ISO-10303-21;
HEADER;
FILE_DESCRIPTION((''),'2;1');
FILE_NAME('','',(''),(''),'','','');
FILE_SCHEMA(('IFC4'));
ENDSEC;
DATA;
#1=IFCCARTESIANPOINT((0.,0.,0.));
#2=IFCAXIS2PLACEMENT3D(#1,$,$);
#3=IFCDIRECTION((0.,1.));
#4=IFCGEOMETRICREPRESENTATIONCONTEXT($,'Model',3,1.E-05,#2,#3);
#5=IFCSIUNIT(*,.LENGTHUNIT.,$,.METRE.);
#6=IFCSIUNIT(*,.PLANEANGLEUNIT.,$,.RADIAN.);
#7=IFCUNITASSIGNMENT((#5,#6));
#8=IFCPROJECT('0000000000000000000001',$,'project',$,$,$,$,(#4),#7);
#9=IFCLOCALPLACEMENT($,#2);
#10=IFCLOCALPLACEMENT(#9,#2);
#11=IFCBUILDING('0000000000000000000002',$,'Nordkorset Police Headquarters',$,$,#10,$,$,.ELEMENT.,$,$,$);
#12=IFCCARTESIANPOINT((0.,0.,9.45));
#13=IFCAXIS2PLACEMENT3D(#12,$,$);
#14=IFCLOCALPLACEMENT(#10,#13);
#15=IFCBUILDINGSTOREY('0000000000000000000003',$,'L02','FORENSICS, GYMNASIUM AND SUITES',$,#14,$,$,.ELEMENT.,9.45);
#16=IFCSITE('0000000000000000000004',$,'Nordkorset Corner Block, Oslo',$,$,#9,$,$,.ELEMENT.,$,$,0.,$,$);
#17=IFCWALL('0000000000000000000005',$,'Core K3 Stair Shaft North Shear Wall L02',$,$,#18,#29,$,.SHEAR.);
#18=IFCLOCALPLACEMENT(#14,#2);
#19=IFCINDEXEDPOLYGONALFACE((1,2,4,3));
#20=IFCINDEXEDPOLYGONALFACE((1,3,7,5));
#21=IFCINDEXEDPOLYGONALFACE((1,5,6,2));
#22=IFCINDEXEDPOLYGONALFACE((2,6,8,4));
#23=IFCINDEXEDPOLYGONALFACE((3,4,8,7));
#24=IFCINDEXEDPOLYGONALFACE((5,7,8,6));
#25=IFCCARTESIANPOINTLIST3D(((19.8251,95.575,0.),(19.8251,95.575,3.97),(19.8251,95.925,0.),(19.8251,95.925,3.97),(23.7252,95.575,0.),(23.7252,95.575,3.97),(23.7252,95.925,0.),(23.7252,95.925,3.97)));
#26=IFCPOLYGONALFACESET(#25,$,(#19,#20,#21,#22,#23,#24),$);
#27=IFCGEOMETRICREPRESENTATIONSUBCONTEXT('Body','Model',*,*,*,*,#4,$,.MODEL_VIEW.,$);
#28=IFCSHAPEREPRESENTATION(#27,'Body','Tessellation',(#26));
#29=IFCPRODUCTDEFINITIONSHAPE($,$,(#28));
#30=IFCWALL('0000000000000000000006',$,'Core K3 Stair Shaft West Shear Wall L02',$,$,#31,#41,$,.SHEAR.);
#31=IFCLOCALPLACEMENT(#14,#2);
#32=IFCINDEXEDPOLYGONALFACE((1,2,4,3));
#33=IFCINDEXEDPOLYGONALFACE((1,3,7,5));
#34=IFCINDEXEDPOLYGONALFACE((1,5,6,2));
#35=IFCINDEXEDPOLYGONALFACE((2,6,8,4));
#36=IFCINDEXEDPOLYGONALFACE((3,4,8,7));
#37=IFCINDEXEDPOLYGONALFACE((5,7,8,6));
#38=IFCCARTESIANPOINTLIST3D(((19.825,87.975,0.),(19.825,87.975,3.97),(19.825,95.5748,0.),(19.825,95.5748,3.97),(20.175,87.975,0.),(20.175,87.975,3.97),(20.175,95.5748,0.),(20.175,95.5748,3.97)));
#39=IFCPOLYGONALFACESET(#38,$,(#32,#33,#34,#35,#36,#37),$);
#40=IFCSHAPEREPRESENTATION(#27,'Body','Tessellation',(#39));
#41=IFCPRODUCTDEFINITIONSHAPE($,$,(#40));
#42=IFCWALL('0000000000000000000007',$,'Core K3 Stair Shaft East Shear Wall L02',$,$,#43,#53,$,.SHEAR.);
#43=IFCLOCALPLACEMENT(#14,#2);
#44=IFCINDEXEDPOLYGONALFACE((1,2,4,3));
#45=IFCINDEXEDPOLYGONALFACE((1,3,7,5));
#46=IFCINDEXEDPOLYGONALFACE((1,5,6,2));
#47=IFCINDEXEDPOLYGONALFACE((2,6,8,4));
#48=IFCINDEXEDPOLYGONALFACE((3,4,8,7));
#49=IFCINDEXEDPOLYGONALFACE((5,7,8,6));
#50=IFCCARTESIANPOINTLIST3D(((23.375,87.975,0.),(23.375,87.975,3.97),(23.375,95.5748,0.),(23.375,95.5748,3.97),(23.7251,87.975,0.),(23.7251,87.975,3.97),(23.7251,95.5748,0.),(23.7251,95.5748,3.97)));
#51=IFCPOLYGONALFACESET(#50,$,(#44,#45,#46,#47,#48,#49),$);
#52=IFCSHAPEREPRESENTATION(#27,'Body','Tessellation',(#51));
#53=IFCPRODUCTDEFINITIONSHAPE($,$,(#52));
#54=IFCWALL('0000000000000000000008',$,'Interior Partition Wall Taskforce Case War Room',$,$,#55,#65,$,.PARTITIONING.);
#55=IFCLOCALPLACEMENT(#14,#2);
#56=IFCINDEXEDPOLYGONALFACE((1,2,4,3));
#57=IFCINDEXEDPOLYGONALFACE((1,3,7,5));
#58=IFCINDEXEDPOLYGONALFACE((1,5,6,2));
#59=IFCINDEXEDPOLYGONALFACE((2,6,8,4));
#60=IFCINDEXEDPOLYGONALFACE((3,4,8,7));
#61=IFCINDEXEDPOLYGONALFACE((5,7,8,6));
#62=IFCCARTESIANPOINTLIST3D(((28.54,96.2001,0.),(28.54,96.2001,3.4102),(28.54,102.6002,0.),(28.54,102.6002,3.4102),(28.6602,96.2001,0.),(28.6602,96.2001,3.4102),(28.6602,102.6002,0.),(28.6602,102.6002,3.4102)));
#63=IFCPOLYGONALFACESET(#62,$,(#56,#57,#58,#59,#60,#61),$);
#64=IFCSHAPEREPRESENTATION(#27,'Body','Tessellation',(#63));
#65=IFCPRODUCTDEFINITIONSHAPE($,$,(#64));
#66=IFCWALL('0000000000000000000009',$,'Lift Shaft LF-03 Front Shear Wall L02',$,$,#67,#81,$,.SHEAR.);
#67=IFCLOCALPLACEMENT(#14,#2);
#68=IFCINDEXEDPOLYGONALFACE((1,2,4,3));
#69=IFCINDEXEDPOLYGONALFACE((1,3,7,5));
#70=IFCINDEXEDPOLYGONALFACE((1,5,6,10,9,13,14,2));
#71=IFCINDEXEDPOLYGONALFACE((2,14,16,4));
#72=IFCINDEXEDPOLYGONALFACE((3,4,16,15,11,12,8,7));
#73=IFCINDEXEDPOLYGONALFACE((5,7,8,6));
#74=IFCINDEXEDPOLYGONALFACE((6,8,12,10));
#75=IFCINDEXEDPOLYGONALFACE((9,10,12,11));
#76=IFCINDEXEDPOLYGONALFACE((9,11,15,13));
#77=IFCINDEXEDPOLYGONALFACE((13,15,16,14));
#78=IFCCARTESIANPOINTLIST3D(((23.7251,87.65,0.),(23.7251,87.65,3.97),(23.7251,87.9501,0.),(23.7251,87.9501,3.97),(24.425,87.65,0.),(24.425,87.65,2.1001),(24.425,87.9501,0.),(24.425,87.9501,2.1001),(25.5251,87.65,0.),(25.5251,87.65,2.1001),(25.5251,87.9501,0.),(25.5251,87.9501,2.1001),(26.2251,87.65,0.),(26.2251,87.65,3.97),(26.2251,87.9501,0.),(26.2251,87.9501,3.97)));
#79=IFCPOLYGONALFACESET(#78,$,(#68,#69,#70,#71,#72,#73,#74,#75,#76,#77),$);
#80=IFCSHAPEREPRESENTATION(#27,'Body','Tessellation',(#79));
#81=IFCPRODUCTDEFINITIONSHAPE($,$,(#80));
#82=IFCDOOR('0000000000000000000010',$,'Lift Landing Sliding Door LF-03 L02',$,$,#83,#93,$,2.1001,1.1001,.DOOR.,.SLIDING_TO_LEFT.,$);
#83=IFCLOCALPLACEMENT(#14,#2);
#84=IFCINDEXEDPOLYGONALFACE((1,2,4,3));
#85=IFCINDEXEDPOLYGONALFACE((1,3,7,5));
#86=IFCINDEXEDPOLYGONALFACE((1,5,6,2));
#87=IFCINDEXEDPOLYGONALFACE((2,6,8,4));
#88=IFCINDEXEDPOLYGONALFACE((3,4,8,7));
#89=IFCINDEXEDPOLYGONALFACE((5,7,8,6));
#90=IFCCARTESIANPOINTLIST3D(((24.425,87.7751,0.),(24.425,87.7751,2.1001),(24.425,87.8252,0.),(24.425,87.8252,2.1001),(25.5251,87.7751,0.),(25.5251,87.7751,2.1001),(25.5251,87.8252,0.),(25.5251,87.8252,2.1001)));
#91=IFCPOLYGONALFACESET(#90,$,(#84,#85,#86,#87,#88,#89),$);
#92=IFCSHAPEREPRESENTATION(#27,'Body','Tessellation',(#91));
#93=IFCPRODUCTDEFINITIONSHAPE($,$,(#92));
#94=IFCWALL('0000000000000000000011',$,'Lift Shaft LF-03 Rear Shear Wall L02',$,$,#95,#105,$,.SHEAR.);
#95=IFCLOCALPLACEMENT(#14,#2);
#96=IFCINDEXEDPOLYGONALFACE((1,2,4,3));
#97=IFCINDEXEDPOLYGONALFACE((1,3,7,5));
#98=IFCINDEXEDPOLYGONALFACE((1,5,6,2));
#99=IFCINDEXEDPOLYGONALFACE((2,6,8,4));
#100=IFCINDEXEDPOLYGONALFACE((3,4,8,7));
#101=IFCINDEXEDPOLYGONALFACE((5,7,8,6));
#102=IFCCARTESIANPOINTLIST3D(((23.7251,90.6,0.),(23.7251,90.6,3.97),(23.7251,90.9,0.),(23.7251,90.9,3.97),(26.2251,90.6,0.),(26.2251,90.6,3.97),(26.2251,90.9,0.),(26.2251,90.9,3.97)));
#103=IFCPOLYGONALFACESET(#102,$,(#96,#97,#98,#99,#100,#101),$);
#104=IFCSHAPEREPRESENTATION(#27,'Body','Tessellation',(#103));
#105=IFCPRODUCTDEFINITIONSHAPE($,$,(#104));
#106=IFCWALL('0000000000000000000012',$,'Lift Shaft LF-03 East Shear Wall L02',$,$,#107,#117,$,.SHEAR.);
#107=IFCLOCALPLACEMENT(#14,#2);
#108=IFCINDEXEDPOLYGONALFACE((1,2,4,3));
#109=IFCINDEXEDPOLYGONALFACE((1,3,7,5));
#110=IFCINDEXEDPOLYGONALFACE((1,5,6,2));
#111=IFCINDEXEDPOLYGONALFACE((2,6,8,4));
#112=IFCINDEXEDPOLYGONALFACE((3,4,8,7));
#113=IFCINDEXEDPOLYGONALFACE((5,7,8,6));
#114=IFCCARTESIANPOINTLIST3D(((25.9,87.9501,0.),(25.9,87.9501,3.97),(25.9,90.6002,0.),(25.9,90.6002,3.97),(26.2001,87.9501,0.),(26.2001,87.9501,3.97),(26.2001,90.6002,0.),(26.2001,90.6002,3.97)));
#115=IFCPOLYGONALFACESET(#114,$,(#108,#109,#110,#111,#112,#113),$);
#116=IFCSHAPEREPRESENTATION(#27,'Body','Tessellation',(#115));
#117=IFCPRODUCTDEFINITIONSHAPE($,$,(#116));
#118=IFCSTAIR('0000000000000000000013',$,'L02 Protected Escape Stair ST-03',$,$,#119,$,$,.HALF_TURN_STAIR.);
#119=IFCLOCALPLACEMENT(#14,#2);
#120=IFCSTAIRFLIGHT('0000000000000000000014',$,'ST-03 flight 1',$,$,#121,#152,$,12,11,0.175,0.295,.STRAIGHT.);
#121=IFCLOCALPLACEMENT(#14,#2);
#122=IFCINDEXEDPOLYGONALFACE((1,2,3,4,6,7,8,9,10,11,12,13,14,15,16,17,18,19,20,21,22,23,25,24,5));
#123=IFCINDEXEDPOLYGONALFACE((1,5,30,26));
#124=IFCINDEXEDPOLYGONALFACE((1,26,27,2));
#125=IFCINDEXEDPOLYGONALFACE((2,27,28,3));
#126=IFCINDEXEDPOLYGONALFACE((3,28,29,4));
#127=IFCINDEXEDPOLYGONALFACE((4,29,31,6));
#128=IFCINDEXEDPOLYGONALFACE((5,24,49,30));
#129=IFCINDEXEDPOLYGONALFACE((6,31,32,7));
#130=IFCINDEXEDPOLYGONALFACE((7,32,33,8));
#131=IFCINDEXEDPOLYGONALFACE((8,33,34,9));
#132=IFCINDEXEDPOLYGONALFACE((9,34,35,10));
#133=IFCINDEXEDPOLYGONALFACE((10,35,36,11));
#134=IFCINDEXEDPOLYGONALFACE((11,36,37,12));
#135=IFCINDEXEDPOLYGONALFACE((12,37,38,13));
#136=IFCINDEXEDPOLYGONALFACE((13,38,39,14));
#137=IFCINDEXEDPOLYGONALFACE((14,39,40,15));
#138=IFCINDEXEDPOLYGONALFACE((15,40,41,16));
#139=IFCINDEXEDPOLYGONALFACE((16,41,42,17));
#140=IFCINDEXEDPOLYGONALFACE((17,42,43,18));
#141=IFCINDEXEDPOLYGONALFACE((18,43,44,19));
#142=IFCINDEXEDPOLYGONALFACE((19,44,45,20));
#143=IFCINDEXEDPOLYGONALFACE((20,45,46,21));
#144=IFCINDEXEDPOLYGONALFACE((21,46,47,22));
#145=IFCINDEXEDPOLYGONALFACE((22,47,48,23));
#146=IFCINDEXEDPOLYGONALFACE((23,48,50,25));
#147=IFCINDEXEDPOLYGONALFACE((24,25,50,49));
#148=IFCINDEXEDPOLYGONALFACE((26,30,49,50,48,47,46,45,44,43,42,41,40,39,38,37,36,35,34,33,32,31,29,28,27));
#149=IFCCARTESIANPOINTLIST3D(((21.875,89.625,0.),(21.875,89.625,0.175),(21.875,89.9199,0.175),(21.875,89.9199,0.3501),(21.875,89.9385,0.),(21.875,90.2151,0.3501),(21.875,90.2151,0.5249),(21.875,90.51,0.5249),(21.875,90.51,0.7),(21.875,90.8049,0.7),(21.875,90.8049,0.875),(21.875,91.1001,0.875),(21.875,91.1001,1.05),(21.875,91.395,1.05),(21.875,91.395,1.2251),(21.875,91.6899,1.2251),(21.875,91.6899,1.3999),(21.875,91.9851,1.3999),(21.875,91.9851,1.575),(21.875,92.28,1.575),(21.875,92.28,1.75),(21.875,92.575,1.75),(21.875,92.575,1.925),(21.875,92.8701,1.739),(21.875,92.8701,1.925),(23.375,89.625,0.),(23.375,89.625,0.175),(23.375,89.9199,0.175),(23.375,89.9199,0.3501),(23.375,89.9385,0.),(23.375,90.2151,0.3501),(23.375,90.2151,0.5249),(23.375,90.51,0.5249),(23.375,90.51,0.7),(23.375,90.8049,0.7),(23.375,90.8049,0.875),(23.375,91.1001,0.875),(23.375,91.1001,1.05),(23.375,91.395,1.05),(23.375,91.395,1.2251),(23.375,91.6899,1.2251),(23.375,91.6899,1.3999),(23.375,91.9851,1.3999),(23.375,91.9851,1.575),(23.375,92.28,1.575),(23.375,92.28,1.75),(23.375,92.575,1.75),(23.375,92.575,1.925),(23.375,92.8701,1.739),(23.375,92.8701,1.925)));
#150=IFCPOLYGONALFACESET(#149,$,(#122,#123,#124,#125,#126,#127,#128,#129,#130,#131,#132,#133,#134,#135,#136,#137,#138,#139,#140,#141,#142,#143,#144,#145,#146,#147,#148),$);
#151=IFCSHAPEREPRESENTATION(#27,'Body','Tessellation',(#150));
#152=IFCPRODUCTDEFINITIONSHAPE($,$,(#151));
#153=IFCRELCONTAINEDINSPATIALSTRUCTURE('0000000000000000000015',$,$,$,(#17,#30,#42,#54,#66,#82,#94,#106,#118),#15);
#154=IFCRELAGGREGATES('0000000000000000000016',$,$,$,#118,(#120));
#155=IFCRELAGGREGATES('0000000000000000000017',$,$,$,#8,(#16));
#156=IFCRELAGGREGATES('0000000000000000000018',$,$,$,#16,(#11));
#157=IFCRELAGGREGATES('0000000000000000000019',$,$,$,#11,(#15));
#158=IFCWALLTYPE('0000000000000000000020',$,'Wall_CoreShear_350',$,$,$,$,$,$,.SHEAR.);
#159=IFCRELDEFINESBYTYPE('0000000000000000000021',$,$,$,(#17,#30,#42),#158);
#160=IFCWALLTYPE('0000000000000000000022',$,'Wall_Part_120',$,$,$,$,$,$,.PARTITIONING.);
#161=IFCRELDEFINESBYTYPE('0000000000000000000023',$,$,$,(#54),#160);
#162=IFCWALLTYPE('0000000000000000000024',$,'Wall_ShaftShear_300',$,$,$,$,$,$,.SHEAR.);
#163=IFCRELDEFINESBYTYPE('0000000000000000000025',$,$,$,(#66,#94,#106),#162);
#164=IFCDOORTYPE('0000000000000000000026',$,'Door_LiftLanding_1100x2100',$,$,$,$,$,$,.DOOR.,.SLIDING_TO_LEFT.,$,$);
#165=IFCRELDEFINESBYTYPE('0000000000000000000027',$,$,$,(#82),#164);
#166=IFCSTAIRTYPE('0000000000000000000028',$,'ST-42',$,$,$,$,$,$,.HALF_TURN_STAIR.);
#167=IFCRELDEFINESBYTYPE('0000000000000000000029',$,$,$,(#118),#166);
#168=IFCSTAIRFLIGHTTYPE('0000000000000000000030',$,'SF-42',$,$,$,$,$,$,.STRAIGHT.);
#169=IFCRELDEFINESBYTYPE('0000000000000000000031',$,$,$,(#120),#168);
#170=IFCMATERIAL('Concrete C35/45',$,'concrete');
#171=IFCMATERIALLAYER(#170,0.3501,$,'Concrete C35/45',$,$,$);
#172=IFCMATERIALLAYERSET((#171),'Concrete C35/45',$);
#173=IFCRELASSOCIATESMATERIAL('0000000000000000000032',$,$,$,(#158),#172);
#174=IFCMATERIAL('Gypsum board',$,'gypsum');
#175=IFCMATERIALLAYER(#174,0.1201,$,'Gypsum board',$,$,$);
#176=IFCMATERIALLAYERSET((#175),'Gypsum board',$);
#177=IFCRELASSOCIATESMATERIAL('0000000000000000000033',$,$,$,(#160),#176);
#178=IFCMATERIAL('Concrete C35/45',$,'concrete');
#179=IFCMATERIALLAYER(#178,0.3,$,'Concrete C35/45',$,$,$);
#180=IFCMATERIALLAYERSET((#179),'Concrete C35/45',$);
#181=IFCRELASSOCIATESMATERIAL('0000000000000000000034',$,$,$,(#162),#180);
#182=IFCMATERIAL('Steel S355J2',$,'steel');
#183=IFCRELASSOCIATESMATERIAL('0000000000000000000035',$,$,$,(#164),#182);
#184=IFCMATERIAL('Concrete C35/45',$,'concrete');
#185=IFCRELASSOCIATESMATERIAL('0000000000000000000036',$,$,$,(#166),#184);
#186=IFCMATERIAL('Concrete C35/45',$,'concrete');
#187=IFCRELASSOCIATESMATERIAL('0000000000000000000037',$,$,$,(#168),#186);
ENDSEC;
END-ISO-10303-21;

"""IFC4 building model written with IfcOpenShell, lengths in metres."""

from ifc_helpers import new_model, si_unit, direction, frame, frame_2d, origin, place, context, subcontext, project, spatial, polyline, rectangle, outline, extrude, material, layer, layer_set, type_object, element, fill, aggregate, save


model = new_model("IFC4")

# Units and contexts
model_context = context("Model", 3, precision=1e-05, world=origin(), true_north=direction((0.0, 1.0)))
body_context = subcontext(model_context, "Body", "Model", "MODEL_VIEW")
ifc_project = project(units=[si_unit("LENGTHUNIT", "METRE"), si_unit("PLANEANGLEUNIT", "RADIAN")], contexts=[model_context])

# Site, building, storey
site_placement = place(None, origin())
site = spatial("IfcSite", under=ifc_project, at=site_placement, Name="Nordkorset Corner Block, Oslo", CompositionType="ELEMENT", RefElevation=0.0)
building_placement = place(site_placement, origin())
building = spatial("IfcBuilding", under=site, at=building_placement, Name="Nordkorset Police Headquarters", CompositionType="ELEMENT")
storey_placement = place(building_placement, frame((0.0, 0.0, 9.45)))
storey = spatial("IfcBuildingStorey", under=building, at=storey_placement, Name="L02", Description="FORENSICS, GYMNASIUM AND SUITES", CompositionType="ELEMENT", Elevation=9.45)

# Shared definitions
ifc_material_1 = material(Name="Concrete C35/45", Category="concrete")
ifc_layer_1 = layer(ifc_material_1, 0.3501, Name="Concrete C35/45")
ifc_layer_set_1 = layer_set([ifc_layer_1], Name="Concrete C35/45")
wall_type_1 = type_object("IfcWallType", Name="Wall_CoreShear_350", PredefinedType="SHEAR", material=ifc_layer_set_1)

# Walls
wall_1_placement = place(storey_placement, frame((19.825, 95.75, 0.0), z_axis=(0.0, 0.0, 1.0), x_axis=(1.0, 0.0, 0.0)))
element("IfcWall", 1, at=wall_1_placement, inside=storey, type_object=wall_type_1, Name="Core K3 Stair Shaft North Shear Wall L02", PredefinedType="SHEAR", context=body_context, shape_type="SweptSolid", body=[
    extrude(rectangle(XDim=3.9001, YDim=0.3501, at=frame_2d((1.9502, 0.0))), origin(), (0.0, 0.0, 1.0), 3.97),
])
for number, where, z_axis, x_axis, name in (
    (2, (20.0, 87.9751, 0.0), (0.0, 0.0, 1.0), (0.0, 1.0, 0.0), "Core K3 Stair Shaft West Shear Wall L02"),
    (3, (23.55, 87.9751, 0.0), (0.0, 0.0, 1.0), (0.0, 1.0, 0.0), "Core K3 Stair Shaft East Shear Wall L02"),
):
    element("IfcWall", number, at=place(storey_placement, frame(where, z_axis=z_axis, x_axis=x_axis)), inside=storey, type_object=wall_type_1, Name=name, PredefinedType="SHEAR", context=body_context, shape_type="SweptSolid", body=[
        extrude(rectangle(XDim=7.5999, YDim=0.3501, at=frame_2d((3.7998, 0.0))), origin(), (0.0, 0.0, 1.0), 3.97),
    ])
ifc_material_2 = material(Name="Gypsum board", Category="gypsum")
ifc_layer_2 = layer(ifc_material_2, 0.1201, Name="Gypsum board")
ifc_layer_set_2 = layer_set([ifc_layer_2], Name="Gypsum board")
wall_type_2 = type_object("IfcWallType", Name="Wall_Part_120", PredefinedType="PARTITIONING", material=ifc_layer_set_2)
wall_2_placement = place(storey_placement, frame((28.6001, 96.2, 0.0), z_axis=(0.0, 0.0, 1.0), x_axis=(0.0, 1.0, 0.0)))
element("IfcWall", 4, at=wall_2_placement, inside=storey, type_object=wall_type_2, Name="Interior Partition Wall Taskforce Case War Room", PredefinedType="PARTITIONING", context=body_context, shape_type="SweptSolid", body=[
    extrude(rectangle(XDim=6.4001, YDim=0.1201, at=frame_2d((3.2002, 0.0))), origin(), (0.0, 0.0, 1.0), 3.4102),
])

# Wall, opening, door
ifc_material_3 = material(Name="Concrete C35/45", Category="concrete")
ifc_layer_3 = layer(ifc_material_3, 0.3, Name="Concrete C35/45")
ifc_layer_set_3 = layer_set([ifc_layer_3], Name="Concrete C35/45")
wall_type_3 = type_object("IfcWallType", Name="Wall_ShaftShear_300", PredefinedType="SHEAR", material=ifc_layer_set_3)
wall_3_placement = place(storey_placement, frame((23.7251, 87.8, 0.0), z_axis=(0.0, 0.0, 1.0), x_axis=(1.0, 0.0, 0.0)))
wall_3 = element("IfcWall", 5, at=wall_3_placement, inside=storey, type_object=wall_type_3, Name="Lift Shaft LF-03 Front Shear Wall L02", PredefinedType="SHEAR", context=body_context, shape_type="SweptSolid", body=[
    extrude(rectangle(XDim=2.5, YDim=0.3, at=frame_2d((1.25, 0.0))), origin(), (0.0, 0.0, 1.0), 3.97),
])
opening_1_placement = place(wall_3_placement, frame((0.7, 0.0, 0.0)))
opening_1 = element("IfcOpeningElement", 6, at=opening_1_placement, cuts=wall_3, PredefinedType="OPENING", context=body_context, shape_type="SweptSolid", body=[
    extrude(rectangle(XDim=1.1001, YDim=2.1001, at=frame_2d((0.55, 1.05))), frame((0.0, 0.1602, 0.0), z_axis=(0.0, -1.0, 0.0), x_axis=(1.0, 0.0, 0.0)), (0.0, 0.0, 1.0), 0.3201),
])
ifc_material_4 = material(Name="Steel S355J2", Category="steel")
door_type_1 = type_object("IfcDoorType", Name="Door_LiftLanding_1100x2100", OperationType="SLIDING_TO_LEFT", PredefinedType="DOOR", material=ifc_material_4)
door_1_placement = place(opening_1_placement, frame((1.1001, 0.0, 0.0), z_axis=(0.0, 0.0, 1.0), x_axis=(-1.0, 0.0, 0.0)))
door_1 = element("IfcDoor", 7, at=door_1_placement, inside=storey, type_object=door_type_1, Name="Lift Landing Sliding Door LF-03 L02", OperationType="SLIDING_TO_LEFT", OverallHeight=2.1001, OverallWidth=1.1001, PredefinedType="DOOR", context=body_context, shape_type="SweptSolid", body=[
    extrude(rectangle(XDim=1.1001, YDim=2.1001, at=frame_2d((0.55, 1.05))), frame((0.0, 0.0249, 0.0), z_axis=(0.0, -1.0, 0.0), x_axis=(1.0, 0.0, 0.0)), (0.0, 0.0, 1.0), 0.05),
])
fill(opening_1, door_1)

# Walls
wall_4_placement = place(storey_placement, frame((23.7251, 90.75, 0.0), z_axis=(0.0, 0.0, 1.0), x_axis=(1.0, 0.0, 0.0)))
element("IfcWall", 8, at=wall_4_placement, inside=storey, type_object=wall_type_3, Name="Lift Shaft LF-03 Rear Shear Wall L02", PredefinedType="SHEAR", context=body_context, shape_type="SweptSolid", body=[
    extrude(rectangle(XDim=2.5, YDim=0.3, at=frame_2d((1.25, 0.0))), origin(), (0.0, 0.0, 1.0), 3.97),
])
wall_5_placement = place(storey_placement, frame((26.05, 87.95, 0.0), z_axis=(0.0, 0.0, 1.0), x_axis=(0.0, 1.0, 0.0)))
element("IfcWall", 9, at=wall_5_placement, inside=storey, type_object=wall_type_3, Name="Lift Shaft LF-03 East Shear Wall L02", PredefinedType="SHEAR", context=body_context, shape_type="SweptSolid", body=[
    extrude(rectangle(XDim=2.6501, YDim=0.3, at=frame_2d((1.3252, 0.0))), origin(), (0.0, 0.0, 1.0), 3.97),
])

# Stair, stair flight
ifc_material_5 = material(Name="Concrete C35/45", Category="concrete")
stair_type = type_object("IfcStairType", Name="ST-42", PredefinedType="HALF_TURN_STAIR", material=ifc_material_5)
stair_placement = place(storey_placement, origin())
stair = element("IfcStair", 10, at=stair_placement, inside=storey, type_object=stair_type, Name="L02 Protected Escape Stair ST-03", PredefinedType="HALF_TURN_STAIR")
ifc_material_6 = material(Name="Concrete C35/45", Category="concrete")
stair_flight_type = type_object("IfcStairFlightType", Name="SF-42", PredefinedType="STRAIGHT", material=ifc_material_6)
stair_flight_1_placement = place(storey_placement, frame((22.625, 89.625, 0.0), z_axis=(0.0, 0.0, 1.0), x_axis=(0.0, 1.0, 0.0)))
stair_flight_1 = element("IfcStairFlight", 11, at=stair_flight_1_placement, type_object=stair_flight_type, Name="ST-03 flight 1", NumberOfRisers=12, NumberOfTreads=11, PredefinedType="STRAIGHT", RiserHeight=0.175, TreadLength=0.295, context=body_context, shape_type="SweptSolid", body=[
    extrude(outline(polyline([(0.0, 0.0), (0.0, 0.175), (0.2949, 0.175), (0.2949, 0.3501), (0.5901, 0.3501), (0.5901, 0.5249), (0.885, 0.5249), (0.885, 0.7), (1.1799, 0.7), (1.1799, 0.875), (1.4751, 0.875), (1.4751, 1.05), (1.77, 1.05), (1.77, 1.2251), (2.0649, 1.2251), (2.0649, 1.3999), (2.3601, 1.3999), (2.3601, 1.575), (2.655, 1.575), (2.655, 1.75), (2.95, 1.75), (2.95, 1.925), (3.2451, 1.925), (3.2451, 2.1001), (3.2451, 1.739), (0.3135, 0.0), (0.0, 0.0)])), frame((0.0, 0.75, 0.0), z_axis=(0.0, -1.0, 0.0), x_axis=(1.0, 0.0, 0.0)), (0.0, 0.0, 1.0), 1.5),
])
aggregate(stair, [stair_flight_1])

save(model, "model.ifc")
